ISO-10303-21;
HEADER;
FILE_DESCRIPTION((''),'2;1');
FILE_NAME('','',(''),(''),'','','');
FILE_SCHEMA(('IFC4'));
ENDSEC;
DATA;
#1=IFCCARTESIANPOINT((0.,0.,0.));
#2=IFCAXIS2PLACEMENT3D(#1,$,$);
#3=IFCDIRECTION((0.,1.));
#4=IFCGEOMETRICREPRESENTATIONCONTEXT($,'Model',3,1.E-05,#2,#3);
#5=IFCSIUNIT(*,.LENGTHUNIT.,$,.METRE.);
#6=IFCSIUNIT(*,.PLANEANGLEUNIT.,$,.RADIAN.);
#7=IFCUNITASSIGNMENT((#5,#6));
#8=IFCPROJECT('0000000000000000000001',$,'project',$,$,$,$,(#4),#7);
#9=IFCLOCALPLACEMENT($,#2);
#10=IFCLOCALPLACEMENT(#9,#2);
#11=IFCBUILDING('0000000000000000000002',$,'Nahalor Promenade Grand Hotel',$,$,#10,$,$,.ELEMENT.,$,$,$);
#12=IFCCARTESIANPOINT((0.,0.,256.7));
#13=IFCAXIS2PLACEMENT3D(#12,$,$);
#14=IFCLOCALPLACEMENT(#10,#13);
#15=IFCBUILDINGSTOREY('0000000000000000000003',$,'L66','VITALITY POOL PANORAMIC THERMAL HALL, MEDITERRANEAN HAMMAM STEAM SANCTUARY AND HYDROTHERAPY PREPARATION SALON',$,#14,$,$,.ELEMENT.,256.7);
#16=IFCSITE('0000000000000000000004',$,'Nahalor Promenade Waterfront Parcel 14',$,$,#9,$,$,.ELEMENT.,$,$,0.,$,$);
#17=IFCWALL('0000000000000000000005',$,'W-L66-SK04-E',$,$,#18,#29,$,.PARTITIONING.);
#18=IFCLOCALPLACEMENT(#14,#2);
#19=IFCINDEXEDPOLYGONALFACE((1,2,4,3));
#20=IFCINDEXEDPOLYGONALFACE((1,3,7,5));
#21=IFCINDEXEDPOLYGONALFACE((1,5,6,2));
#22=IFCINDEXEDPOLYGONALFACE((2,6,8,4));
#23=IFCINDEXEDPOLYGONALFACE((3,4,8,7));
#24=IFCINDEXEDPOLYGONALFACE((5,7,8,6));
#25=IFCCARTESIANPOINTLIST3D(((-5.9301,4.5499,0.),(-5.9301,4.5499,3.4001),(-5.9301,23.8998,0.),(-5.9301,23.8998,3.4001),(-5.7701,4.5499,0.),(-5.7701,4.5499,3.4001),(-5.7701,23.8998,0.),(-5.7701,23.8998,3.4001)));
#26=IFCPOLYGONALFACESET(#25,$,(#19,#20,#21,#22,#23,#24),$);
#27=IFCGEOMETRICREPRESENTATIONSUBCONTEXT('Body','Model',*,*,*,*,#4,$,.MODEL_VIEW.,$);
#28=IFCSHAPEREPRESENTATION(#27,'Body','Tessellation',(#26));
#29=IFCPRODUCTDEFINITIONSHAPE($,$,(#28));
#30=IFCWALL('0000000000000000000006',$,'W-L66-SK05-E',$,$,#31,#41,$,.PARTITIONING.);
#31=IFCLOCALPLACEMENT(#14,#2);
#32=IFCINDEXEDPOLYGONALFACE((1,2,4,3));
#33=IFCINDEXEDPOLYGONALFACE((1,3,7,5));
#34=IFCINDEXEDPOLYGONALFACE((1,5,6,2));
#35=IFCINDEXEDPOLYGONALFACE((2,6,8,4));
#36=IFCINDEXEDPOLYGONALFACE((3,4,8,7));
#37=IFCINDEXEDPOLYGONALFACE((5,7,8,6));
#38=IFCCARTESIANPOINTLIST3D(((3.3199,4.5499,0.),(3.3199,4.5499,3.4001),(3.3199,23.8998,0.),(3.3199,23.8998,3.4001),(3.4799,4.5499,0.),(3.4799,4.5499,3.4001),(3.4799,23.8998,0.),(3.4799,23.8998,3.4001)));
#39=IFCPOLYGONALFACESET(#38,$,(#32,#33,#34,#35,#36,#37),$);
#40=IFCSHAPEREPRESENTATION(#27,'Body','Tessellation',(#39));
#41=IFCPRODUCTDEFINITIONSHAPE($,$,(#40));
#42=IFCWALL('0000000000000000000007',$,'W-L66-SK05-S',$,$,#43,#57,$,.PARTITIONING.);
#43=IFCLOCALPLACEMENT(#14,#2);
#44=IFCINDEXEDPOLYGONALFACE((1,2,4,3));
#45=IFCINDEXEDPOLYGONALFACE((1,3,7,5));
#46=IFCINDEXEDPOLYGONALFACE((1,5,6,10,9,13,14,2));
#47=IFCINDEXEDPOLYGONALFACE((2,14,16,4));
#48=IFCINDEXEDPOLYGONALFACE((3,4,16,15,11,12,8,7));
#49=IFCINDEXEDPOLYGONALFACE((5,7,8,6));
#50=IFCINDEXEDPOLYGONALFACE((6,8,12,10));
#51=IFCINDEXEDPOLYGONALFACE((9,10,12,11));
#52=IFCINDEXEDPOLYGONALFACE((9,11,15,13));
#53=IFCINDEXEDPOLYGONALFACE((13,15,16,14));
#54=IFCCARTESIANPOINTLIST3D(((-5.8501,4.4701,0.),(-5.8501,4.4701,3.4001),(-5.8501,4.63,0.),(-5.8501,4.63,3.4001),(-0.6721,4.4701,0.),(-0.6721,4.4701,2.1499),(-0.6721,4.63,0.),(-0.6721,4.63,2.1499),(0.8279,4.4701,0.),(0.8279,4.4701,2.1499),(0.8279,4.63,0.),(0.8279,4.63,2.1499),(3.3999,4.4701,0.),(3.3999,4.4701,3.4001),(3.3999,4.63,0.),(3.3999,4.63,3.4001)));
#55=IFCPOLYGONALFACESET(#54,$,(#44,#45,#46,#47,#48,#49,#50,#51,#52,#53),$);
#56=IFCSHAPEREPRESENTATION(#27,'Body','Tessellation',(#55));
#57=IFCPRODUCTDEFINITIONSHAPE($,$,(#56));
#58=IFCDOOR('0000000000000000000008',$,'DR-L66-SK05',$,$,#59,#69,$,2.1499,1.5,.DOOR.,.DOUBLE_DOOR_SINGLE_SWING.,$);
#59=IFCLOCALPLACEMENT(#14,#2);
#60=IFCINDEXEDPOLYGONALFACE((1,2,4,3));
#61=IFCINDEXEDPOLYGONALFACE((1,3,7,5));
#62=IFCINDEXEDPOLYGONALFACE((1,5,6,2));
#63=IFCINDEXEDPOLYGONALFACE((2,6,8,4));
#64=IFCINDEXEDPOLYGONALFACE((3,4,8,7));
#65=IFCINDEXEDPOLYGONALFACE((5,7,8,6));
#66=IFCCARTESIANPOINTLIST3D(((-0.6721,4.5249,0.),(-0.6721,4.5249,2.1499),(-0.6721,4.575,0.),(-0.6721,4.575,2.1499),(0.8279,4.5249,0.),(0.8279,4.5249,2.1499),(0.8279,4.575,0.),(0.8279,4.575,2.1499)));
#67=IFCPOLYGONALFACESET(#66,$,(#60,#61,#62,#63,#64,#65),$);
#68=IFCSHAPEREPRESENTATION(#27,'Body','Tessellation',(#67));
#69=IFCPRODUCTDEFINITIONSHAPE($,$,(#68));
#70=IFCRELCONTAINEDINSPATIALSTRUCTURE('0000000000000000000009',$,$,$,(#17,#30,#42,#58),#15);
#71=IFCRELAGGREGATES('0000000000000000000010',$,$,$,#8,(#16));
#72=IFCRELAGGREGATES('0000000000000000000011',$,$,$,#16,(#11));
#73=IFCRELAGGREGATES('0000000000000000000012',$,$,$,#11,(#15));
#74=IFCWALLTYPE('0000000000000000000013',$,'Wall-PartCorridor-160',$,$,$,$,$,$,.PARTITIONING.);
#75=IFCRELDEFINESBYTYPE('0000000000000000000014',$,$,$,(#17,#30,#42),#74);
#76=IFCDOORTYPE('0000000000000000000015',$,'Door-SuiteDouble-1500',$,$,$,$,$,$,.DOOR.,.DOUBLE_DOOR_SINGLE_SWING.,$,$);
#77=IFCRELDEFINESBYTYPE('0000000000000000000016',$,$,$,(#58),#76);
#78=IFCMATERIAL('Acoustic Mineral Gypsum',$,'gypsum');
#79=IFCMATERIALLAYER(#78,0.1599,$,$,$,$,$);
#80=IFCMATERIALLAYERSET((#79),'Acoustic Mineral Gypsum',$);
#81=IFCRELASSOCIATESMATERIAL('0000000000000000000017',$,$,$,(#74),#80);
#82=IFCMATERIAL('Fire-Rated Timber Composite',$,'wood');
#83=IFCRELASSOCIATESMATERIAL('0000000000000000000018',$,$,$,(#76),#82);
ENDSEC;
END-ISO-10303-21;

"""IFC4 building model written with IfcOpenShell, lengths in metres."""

from ifc_helpers import new_model, si_unit, direction, frame, frame_2d, origin, place, context, subcontext, project, spatial, rectangle, extrude, source, transform, mapped, material, layer, layer_set, type_object, element, fill, save


model = new_model("IFC4")

# Units and contexts
model_context = context("Model", 3, precision=1e-05, world=origin(), true_north=direction((0.0, 1.0)))
body_context = subcontext(model_context, "Body", "Model", "MODEL_VIEW")
ifc_project = project(units=[si_unit("LENGTHUNIT", "METRE"), si_unit("PLANEANGLEUNIT", "RADIAN")], contexts=[model_context])

# Site, building, storey
site_placement = place(None, origin())
site = spatial("IfcSite", under=ifc_project, at=site_placement, Name="Nahalor Promenade Waterfront Parcel 14", CompositionType="ELEMENT", RefElevation=0.0)
building_placement = place(site_placement, origin())
building = spatial("IfcBuilding", under=site, at=building_placement, Name="Nahalor Promenade Grand Hotel", CompositionType="ELEMENT")
storey_placement = place(building_placement, frame((0.0, 0.0, 256.7)))
storey = spatial("IfcBuildingStorey", under=building, at=storey_placement, Name="L66", Description="VITALITY POOL PANORAMIC THERMAL HALL, MEDITERRANEAN HAMMAM STEAM SANCTUARY AND HYDROTHERAPY PREPARATION SALON", CompositionType="ELEMENT", Elevation=256.7)

# Shared definitions
ifc_material_1 = material(Name="Acoustic Mineral Gypsum", Category="gypsum")
ifc_layer_1 = layer(ifc_material_1, 0.1599)
ifc_layer_set_1 = layer_set([ifc_layer_1], Name="Acoustic Mineral Gypsum")
wall_type = type_object("IfcWallType", Name="Wall-PartCorridor-160", PredefinedType="PARTITIONING", material=ifc_layer_set_1)

# Shared definitions
ifc_material_2 = material(Name="Fire-Rated Timber Composite", Category="wood")

# Shared definitions
door_type_1 = type_object("IfcDoorType", Name="Door-SuiteDouble-1500", OperationType="DOUBLE_DOOR_SINGLE_SWING", PredefinedType="DOOR", material=ifc_material_2)
shared_shape_1 = source(origin(), body_context, "Body", "SweptSolid", [
    extrude(rectangle(XDim=1.5, YDim=2.1499, at=frame_2d((0.75, 1.075))), frame((0.0, 0.0249, 0.0), z_axis=(0.0, -1.0, 0.0), x_axis=(1.0, 0.0, 0.0)), (0.0, 0.0, 1.0), 0.05),
])

# Walls
shared_shape_2 = source(origin(), body_context, "Body", "SweptSolid", [
    extrude(rectangle(XDim=19.3499, YDim=0.1599, at=frame_2d((9.6748, 0.0))), origin(), (0.0, 0.0, 1.0), 3.4001),
])
for number, where, z_axis, x_axis, name in (
    (1, (-5.8501, 4.55, 0.0), (0.0, 0.0, 1.0), (0.0, 1.0, 0.0), "W-L66-SK04-E"),
    (2, (3.3999, 4.55, 0.0), (0.0, 0.0, 1.0), (0.0, 1.0, 0.0), "W-L66-SK05-E"),
):
    element("IfcWall", number, at=place(storey_placement, frame(where, z_axis=z_axis, x_axis=x_axis)), inside=storey, type_object=wall_type, Name=name, PredefinedType="PARTITIONING", context=body_context, shape_type="MappedRepresentation", body=[
        mapped(shared_shape_2, transform((0.0, 0.0, 0.0), scale=1.0)),
    ])

# Wall, opening, door
shared_shape_3 = source(origin(), body_context, "Body", "SweptSolid", [
    extrude(rectangle(XDim=9.25, YDim=0.1599, at=frame_2d((4.625, 0.0))), origin(), (0.0, 0.0, 1.0), 3.4001),
])
wall_1_placement = place(storey_placement, frame((-5.8501, 4.55, 0.0), z_axis=(0.0, 0.0, 1.0), x_axis=(1.0, 0.0, 0.0)))
wall_1 = element("IfcWall", 3, at=wall_1_placement, inside=storey, type_object=wall_type, Name="W-L66-SK05-S", PredefinedType="PARTITIONING", context=body_context, shape_type="MappedRepresentation", body=[
    mapped(shared_shape_3, transform((0.0, 0.0, 0.0), scale=1.0)),
])
opening_1_placement = place(wall_1_placement, frame((5.178, 0.0, 0.0)))
opening_1 = element("IfcOpeningElement", 4, at=opening_1_placement, cuts=wall_1, PredefinedType="OPENING", context=body_context, shape_type="SweptSolid", body=[
    extrude(rectangle(XDim=1.5, YDim=2.1499, at=frame_2d((0.75, 1.075))), frame((0.0, 0.0898, 0.0), z_axis=(0.0, -1.0, 0.0), x_axis=(1.0, 0.0, 0.0)), (0.0, 0.0, 1.0), 0.1799),
])
door_1_placement = place(opening_1_placement, origin())
door_1 = element("IfcDoor", 5, at=door_1_placement, inside=storey, type_object=door_type_1, Name="DR-L66-SK05", OperationType="DOUBLE_DOOR_SINGLE_SWING", OverallHeight=2.1499, OverallWidth=1.5, PredefinedType="DOOR", context=body_context, shape_type="MappedRepresentation", body=[
    mapped(shared_shape_1, transform((0.0, 0.0, 0.0), scale=1.0)),
])
fill(opening_1, door_1)

save(model, "model.ifc")
